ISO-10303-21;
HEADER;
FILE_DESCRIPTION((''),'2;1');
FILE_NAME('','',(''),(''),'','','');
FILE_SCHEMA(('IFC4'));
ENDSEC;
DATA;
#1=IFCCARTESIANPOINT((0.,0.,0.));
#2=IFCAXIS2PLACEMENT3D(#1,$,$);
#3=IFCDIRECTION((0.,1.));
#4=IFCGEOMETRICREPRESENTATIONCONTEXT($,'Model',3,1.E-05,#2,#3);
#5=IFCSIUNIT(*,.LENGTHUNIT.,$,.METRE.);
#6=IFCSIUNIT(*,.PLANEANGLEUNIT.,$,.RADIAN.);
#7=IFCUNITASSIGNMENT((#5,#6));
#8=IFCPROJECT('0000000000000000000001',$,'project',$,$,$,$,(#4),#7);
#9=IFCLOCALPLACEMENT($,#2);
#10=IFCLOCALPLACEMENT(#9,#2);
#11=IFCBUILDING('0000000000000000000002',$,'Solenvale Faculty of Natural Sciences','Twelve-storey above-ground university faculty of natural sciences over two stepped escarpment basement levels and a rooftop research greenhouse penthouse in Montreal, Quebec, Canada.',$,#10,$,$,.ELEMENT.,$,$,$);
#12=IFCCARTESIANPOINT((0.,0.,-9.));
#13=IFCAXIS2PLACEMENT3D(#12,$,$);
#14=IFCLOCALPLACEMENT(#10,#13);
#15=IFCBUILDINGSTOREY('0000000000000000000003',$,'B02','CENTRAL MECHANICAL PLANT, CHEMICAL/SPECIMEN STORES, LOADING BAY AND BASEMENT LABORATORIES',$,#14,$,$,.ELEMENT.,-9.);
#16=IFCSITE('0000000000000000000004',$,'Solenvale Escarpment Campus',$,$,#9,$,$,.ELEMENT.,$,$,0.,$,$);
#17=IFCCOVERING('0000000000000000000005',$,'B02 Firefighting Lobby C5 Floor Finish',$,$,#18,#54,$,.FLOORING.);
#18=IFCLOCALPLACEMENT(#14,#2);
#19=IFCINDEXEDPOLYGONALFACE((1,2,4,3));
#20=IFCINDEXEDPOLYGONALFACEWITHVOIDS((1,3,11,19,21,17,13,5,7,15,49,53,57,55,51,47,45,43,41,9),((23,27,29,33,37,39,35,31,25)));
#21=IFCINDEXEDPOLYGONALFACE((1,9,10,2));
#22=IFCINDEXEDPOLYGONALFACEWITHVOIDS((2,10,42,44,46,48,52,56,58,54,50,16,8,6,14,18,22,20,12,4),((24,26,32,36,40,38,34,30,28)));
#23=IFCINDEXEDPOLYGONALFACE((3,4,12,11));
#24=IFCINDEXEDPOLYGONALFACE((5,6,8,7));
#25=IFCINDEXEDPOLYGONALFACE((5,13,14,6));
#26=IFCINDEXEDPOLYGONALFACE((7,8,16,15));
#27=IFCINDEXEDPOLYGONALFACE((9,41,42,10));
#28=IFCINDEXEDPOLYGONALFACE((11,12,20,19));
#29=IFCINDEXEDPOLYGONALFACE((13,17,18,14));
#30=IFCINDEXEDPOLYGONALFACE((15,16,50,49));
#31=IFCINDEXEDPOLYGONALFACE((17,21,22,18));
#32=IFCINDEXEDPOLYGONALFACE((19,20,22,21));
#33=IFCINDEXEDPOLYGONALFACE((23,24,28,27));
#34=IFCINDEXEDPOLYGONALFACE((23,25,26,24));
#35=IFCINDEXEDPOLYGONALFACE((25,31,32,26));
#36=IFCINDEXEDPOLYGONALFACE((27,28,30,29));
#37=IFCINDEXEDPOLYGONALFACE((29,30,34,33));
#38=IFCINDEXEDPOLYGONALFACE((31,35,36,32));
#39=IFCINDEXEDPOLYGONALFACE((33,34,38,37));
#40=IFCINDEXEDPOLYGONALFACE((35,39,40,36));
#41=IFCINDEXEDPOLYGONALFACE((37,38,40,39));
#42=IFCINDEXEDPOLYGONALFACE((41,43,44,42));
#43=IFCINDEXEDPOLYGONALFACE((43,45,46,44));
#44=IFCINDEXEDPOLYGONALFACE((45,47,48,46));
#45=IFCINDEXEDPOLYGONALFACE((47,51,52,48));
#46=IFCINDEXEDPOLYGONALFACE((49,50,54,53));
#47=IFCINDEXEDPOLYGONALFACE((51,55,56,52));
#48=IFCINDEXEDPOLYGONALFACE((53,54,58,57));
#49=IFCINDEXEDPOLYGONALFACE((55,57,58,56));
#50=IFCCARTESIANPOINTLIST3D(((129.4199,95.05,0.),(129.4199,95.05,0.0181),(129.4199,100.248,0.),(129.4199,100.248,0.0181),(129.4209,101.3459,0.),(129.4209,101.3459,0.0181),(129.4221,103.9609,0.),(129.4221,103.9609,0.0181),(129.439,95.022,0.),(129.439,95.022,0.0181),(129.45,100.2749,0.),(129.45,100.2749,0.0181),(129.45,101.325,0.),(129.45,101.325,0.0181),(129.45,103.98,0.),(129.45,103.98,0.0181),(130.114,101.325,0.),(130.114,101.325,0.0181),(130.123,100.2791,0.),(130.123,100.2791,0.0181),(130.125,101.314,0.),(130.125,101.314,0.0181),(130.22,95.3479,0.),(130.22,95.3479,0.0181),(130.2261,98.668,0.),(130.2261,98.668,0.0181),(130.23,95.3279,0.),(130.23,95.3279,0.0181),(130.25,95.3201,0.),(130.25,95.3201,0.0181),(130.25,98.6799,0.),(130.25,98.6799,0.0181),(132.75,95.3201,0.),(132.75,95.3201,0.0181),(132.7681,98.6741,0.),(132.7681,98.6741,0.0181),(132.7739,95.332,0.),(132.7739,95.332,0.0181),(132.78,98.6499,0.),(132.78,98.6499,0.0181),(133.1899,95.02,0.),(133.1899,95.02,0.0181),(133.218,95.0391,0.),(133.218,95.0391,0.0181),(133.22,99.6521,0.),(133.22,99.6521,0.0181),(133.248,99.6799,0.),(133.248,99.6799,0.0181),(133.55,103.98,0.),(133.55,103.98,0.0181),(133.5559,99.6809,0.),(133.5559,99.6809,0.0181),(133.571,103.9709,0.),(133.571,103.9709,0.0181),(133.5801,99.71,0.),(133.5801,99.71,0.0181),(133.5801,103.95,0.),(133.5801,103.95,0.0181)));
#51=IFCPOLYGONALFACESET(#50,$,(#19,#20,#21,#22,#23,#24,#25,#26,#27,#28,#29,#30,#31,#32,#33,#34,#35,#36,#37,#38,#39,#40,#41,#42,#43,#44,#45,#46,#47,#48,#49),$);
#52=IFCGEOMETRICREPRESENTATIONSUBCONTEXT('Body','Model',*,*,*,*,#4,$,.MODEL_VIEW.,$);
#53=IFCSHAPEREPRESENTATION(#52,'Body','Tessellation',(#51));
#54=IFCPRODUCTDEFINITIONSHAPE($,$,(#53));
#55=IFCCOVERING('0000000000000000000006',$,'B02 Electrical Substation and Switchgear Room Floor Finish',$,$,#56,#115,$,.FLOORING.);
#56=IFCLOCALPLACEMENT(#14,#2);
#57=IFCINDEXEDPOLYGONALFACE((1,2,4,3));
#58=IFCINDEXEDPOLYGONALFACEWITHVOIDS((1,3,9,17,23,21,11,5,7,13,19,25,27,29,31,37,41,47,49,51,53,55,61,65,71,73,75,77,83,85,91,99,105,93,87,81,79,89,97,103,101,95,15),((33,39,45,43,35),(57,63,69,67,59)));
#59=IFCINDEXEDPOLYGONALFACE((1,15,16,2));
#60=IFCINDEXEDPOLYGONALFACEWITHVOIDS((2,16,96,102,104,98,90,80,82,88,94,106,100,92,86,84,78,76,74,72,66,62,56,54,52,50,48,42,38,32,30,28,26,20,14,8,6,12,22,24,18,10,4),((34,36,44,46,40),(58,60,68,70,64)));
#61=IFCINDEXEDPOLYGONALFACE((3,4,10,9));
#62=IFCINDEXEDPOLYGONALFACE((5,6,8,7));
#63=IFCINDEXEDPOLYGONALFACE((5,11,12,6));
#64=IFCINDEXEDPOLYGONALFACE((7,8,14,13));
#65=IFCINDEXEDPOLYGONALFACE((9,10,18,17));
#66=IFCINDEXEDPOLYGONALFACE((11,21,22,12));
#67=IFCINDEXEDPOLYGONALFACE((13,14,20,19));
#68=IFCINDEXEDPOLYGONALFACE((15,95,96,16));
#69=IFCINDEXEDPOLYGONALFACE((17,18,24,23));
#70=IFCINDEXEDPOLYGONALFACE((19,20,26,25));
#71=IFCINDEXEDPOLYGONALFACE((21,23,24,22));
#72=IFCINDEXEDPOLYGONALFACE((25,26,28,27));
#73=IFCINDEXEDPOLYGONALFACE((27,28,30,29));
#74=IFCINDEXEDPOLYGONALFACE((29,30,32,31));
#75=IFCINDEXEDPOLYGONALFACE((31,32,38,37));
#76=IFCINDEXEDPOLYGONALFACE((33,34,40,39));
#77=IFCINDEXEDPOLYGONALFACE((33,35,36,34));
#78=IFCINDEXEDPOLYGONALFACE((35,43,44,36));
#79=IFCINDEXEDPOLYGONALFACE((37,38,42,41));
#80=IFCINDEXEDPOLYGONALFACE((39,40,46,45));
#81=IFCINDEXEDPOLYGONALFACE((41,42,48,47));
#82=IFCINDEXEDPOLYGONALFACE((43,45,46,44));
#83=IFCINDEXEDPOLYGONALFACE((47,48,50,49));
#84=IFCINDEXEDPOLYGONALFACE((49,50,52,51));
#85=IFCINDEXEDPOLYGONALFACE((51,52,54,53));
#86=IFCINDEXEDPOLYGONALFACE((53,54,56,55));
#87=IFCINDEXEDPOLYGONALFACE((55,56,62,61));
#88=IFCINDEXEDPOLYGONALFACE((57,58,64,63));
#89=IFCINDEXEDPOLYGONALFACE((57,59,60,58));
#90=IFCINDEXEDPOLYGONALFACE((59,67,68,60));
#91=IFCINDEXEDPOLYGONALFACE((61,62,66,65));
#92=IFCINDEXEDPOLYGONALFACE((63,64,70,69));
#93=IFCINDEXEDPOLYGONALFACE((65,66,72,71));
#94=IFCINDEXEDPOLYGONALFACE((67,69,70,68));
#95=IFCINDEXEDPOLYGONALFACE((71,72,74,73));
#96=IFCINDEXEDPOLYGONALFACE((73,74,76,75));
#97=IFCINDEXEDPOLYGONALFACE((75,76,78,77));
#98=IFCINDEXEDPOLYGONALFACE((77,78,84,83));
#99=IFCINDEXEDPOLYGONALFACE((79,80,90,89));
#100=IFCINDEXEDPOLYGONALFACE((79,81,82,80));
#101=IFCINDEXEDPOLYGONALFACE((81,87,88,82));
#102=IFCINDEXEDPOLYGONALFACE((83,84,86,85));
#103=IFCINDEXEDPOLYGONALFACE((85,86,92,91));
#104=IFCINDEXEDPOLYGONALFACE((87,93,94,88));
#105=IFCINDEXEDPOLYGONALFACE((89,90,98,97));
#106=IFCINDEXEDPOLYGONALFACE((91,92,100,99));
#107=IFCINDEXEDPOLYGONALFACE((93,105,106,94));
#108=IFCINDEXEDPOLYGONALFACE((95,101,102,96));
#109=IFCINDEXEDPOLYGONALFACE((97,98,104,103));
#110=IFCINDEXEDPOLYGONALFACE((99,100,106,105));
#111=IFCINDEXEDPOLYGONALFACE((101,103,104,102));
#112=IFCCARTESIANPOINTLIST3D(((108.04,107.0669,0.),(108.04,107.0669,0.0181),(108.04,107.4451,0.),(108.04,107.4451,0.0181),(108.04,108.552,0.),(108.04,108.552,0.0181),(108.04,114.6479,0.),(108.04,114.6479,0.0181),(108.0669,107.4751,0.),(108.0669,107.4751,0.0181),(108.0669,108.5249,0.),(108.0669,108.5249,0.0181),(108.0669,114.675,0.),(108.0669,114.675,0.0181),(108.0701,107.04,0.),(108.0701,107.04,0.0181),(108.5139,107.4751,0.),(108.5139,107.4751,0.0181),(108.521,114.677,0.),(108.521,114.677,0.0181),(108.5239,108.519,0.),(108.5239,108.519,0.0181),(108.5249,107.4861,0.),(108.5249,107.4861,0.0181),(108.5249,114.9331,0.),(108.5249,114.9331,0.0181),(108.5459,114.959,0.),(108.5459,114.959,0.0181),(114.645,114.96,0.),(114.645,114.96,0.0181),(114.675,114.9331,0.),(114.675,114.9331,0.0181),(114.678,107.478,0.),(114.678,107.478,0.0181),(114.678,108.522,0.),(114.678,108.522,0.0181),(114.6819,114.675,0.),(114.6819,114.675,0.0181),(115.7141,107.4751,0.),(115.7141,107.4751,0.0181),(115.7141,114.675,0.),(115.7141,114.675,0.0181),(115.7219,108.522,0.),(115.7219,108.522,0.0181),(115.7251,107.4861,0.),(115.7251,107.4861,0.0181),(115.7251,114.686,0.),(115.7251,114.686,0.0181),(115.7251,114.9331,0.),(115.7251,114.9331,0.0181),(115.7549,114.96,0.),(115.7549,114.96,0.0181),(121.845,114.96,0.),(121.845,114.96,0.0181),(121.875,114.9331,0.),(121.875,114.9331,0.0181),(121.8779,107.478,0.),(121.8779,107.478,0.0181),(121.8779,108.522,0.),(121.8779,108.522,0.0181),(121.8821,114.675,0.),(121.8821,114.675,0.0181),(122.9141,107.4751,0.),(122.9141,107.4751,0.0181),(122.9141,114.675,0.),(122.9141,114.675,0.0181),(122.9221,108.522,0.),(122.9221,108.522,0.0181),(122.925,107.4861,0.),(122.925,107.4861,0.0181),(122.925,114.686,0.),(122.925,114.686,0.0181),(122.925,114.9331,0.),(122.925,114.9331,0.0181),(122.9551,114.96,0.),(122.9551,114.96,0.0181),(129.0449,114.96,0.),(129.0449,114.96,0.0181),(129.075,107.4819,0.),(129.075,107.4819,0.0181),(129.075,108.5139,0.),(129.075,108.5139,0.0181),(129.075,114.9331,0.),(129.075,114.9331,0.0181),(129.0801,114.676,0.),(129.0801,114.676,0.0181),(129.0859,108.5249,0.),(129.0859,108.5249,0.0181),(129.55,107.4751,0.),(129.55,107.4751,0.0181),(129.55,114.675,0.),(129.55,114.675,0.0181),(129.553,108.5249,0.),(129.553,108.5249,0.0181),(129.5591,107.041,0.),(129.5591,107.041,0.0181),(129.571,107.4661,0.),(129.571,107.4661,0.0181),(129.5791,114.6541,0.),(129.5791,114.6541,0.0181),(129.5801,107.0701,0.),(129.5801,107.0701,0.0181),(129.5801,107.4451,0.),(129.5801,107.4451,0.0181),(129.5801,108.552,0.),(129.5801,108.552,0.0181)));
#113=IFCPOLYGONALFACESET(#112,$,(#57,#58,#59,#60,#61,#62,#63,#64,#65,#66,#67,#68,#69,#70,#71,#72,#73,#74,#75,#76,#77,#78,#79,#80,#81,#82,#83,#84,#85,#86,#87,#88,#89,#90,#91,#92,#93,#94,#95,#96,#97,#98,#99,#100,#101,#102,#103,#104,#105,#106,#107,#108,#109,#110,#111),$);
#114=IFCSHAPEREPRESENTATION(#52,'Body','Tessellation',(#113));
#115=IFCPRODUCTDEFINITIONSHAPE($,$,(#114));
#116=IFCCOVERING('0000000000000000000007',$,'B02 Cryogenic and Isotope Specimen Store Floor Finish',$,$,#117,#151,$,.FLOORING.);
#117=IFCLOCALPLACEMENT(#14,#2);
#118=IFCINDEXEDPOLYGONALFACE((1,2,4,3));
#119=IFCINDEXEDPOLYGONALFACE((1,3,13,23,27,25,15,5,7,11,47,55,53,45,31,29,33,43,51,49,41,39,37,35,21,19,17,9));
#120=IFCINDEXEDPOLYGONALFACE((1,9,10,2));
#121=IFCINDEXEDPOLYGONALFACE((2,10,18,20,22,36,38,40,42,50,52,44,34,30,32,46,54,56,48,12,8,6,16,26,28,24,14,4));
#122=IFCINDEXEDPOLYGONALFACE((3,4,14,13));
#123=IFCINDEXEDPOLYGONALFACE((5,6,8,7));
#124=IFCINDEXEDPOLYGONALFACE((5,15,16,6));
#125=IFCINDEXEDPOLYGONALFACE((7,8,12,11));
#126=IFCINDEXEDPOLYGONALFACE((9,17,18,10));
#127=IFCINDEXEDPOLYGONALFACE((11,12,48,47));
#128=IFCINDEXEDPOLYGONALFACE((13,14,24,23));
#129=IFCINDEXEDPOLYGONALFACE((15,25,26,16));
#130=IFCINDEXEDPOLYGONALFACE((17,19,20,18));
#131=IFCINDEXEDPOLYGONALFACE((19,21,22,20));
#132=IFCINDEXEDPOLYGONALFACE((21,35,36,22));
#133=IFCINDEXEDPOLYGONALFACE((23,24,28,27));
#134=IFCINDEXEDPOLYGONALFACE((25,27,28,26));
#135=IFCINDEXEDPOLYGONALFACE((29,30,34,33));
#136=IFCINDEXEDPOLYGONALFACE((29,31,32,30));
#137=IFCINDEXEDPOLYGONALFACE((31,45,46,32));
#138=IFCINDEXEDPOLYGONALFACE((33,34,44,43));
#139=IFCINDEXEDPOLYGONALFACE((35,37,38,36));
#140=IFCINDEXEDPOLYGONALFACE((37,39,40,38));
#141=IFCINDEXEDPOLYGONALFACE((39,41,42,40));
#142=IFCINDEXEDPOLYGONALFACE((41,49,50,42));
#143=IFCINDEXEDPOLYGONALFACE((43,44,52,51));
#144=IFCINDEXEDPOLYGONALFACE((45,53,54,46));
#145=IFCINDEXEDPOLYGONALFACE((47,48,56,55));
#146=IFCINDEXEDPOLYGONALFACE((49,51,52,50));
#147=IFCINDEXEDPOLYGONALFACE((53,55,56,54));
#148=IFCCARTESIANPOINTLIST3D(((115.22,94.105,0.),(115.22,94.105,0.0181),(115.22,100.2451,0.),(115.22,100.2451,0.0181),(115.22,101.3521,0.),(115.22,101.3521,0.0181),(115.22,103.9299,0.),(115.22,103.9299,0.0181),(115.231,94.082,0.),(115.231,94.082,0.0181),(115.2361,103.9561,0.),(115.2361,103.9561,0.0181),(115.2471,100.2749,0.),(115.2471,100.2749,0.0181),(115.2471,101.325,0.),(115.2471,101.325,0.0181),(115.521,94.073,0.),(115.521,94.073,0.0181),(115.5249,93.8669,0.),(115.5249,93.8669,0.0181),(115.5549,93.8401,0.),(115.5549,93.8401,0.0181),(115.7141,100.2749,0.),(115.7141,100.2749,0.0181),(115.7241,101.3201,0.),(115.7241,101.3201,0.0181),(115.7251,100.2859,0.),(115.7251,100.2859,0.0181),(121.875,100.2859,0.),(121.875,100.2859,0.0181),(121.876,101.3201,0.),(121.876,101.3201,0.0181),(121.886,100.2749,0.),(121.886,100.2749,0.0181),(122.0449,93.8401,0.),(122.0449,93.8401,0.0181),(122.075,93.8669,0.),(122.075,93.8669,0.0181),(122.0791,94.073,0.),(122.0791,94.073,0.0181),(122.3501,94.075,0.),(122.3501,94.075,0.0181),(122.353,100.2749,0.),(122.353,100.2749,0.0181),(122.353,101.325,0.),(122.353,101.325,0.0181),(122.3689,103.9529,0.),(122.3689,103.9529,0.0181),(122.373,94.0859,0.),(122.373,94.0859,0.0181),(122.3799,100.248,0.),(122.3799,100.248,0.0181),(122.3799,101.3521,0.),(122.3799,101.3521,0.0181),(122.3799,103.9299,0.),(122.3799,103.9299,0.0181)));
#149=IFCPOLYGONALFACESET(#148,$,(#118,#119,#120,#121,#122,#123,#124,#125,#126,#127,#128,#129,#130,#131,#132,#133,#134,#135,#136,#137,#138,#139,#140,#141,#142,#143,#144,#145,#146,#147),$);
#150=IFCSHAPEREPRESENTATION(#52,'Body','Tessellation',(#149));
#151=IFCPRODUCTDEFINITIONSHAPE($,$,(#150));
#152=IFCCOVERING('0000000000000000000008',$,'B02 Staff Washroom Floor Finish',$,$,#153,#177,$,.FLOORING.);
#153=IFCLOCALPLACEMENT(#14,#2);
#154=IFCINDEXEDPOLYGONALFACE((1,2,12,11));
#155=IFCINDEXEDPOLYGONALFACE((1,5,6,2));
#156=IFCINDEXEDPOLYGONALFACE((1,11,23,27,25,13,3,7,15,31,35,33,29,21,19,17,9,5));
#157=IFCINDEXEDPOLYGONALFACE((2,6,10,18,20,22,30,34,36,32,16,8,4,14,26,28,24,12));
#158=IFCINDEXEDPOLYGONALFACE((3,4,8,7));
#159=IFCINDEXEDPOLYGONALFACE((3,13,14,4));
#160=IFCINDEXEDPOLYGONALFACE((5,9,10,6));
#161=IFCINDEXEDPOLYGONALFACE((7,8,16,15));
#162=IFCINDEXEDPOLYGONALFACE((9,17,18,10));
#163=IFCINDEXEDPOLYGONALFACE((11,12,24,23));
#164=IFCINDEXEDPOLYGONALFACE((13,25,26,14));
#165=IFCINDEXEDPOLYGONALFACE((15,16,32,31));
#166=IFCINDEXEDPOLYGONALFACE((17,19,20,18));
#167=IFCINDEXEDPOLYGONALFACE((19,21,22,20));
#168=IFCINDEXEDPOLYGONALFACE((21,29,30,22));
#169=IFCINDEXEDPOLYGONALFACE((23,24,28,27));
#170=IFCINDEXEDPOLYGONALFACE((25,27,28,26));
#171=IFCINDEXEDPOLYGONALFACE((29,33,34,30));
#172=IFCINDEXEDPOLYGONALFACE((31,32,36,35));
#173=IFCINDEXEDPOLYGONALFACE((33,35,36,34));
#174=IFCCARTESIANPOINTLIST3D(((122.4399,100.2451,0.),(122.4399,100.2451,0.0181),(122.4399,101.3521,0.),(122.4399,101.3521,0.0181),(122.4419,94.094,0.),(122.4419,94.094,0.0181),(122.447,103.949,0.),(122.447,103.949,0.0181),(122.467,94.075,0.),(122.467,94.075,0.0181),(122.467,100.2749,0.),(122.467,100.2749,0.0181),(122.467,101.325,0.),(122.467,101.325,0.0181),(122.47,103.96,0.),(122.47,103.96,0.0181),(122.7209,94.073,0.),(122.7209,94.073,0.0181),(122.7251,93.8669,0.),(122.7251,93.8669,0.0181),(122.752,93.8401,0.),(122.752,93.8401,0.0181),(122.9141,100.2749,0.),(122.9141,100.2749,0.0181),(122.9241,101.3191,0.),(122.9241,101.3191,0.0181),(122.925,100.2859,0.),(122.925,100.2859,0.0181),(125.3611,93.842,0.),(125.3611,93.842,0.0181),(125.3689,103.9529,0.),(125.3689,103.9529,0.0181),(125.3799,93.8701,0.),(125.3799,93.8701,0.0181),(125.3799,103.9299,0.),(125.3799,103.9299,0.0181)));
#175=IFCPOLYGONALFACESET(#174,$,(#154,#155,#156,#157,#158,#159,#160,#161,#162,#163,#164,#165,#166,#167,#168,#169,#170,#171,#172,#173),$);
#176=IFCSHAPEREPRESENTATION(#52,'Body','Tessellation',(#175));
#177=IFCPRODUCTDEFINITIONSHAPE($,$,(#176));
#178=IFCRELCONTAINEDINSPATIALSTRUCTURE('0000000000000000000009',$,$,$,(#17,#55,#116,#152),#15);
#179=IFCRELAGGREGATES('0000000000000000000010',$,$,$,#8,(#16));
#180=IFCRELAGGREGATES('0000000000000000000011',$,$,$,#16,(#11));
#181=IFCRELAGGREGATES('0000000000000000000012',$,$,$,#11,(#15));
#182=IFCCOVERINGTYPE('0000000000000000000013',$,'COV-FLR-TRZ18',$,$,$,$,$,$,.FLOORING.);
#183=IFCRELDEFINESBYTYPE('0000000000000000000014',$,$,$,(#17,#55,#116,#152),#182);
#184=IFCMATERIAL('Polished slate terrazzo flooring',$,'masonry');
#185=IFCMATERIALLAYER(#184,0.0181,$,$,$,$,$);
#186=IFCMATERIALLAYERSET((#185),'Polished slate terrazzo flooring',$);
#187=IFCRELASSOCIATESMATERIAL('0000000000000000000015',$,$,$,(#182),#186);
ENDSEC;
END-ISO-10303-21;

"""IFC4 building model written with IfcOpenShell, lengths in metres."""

from ifc_helpers import new_model, si_unit, direction, frame, origin, place, context, subcontext, project, spatial, polyline, outline, extrude, material, layer, layer_set, type_object, element, save


model = new_model("IFC4")

# Units and contexts
model_context = context("Model", 3, precision=1e-05, world=origin(), true_north=direction((0.0, 1.0)))
body_context = subcontext(model_context, "Body", "Model", "MODEL_VIEW")
ifc_project = project(units=[si_unit("LENGTHUNIT", "METRE"), si_unit("PLANEANGLEUNIT", "RADIAN")], contexts=[model_context])

# Site, building, storey
site_placement = place(None, origin())
site = spatial("IfcSite", under=ifc_project, at=site_placement, Name="Solenvale Escarpment Campus", CompositionType="ELEMENT", RefElevation=0.0)
building_placement = place(site_placement, origin())
building = spatial("IfcBuilding", under=site, at=building_placement, Name="Solenvale Faculty of Natural Sciences", Description="Twelve-storey above-ground university faculty of natural sciences over two stepped escarpment basement levels and a rooftop research greenhouse penthouse in Montreal, Quebec, Canada.", CompositionType="ELEMENT")
storey_placement = place(building_placement, frame((0.0, 0.0, -9.0)))
storey = spatial("IfcBuildingStorey", under=building, at=storey_placement, Name="B02", Description="CENTRAL MECHANICAL PLANT, CHEMICAL/SPECIMEN STORES, LOADING BAY AND BASEMENT LABORATORIES", CompositionType="ELEMENT", Elevation=-9.0)

# Coverings
ifc_material_1 = material(Name="Polished slate terrazzo flooring", Category="masonry")
ifc_layer_1 = layer(ifc_material_1, 0.0181)
ifc_layer_set_1 = layer_set([ifc_layer_1], Name="Polished slate terrazzo flooring")
covering_type_1 = type_object("IfcCoveringType", Name="COV-FLR-TRZ18", PredefinedType="FLOORING", material=ifc_layer_set_1)
covering_1_placement = place(storey_placement, origin())
element("IfcCovering", 1, at=covering_1_placement, inside=storey, type_object=covering_type_1, Name="B02 Firefighting Lobby C5 Floor Finish", PredefinedType="FLOORING", context=body_context, shape_type="SweptSolid", body=[
    extrude(outline(polyline([(133.55, 103.98), (133.571, 103.9709), (133.5801, 103.95), (133.5801, 99.71), (133.5559, 99.6809), (133.248, 99.6799), (133.22, 99.6521), (133.218, 95.0391), (133.1899, 95.02), (129.439, 95.022), (129.4199, 95.05), (129.4199, 100.248), (129.45, 100.2749), (130.123, 100.2791), (130.125, 101.314), (130.114, 101.325), (129.45, 101.325), (129.4209, 101.3459), (129.4221, 103.9609), (129.45, 103.98), (133.55, 103.98)]), holes=[polyline([(130.22, 95.3479), (130.23, 95.3279), (130.25, 95.3201), (132.75, 95.3201), (132.7739, 95.332), (132.78, 98.6499), (132.7681, 98.6741), (130.25, 98.6799), (130.2261, 98.668), (130.22, 95.3479)])]), origin(), (0.0, 0.0, 1.0), 0.0181),
])
covering_2_placement = place(storey_placement, origin())
element("IfcCovering", 2, at=covering_2_placement, inside=storey, type_object=covering_type_1, Name="B02 Electrical Substation and Switchgear Room Floor Finish", PredefinedType="FLOORING", context=body_context, shape_type="SweptSolid", body=[
    extrude(outline(polyline([(108.04, 107.4451), (108.0669, 107.4751), (108.5139, 107.4751), (108.5249, 107.4861), (108.5239, 108.519), (108.0669, 108.5249), (108.04, 108.552), (108.04, 114.6479), (108.0669, 114.675), (108.521, 114.677), (108.5249, 114.9331), (108.5459, 114.959), (114.645, 114.96), (114.675, 114.9331), (114.6819, 114.675), (115.7141, 114.675), (115.7251, 114.686), (115.7251, 114.9331), (115.7549, 114.96), (121.845, 114.96), (121.875, 114.9331), (121.8821, 114.675), (122.9141, 114.675), (122.925, 114.686), (122.925, 114.9331), (122.9551, 114.96), (129.0449, 114.96), (129.075, 114.9331), (129.0801, 114.676), (129.55, 114.675), (129.5791, 114.6541), (129.5801, 108.552), (129.553, 108.5249), (129.0859, 108.5249), (129.075, 108.5139), (129.075, 107.4819), (129.55, 107.4751), (129.571, 107.4661), (129.5801, 107.4451), (129.5801, 107.0701), (129.5591, 107.041), (108.0701, 107.04), (108.04, 107.0669), (108.04, 107.4451)]), holes=[polyline([(122.9141, 107.4751), (122.925, 107.4861), (122.9221, 108.522), (121.8779, 108.522), (121.8779, 107.478), (122.9141, 107.4751)]), polyline([(115.7141, 107.4751), (115.7251, 107.4861), (115.7219, 108.522), (114.678, 108.522), (114.678, 107.478), (115.7141, 107.4751)])]), origin(), (0.0, 0.0, 1.0), 0.0181),
])
covering_3_placement = place(storey_placement, origin())
element("IfcCovering", 3, at=covering_3_placement, inside=storey, type_object=covering_type_1, Name="B02 Cryogenic and Isotope Specimen Store Floor Finish", PredefinedType="FLOORING", context=body_context, shape_type="SweptSolid", body=[
    extrude(outline(polyline([(115.22, 100.2451), (115.2471, 100.2749), (115.7141, 100.2749), (115.7251, 100.2859), (115.7241, 101.3201), (115.2471, 101.325), (115.22, 101.3521), (115.22, 103.9299), (115.2361, 103.9561), (122.3689, 103.9529), (122.3799, 103.9299), (122.3799, 101.3521), (122.353, 101.325), (121.876, 101.3201), (121.875, 100.2859), (121.886, 100.2749), (122.353, 100.2749), (122.3799, 100.248), (122.373, 94.0859), (122.3501, 94.075), (122.0791, 94.073), (122.075, 93.8669), (122.0449, 93.8401), (115.5549, 93.8401), (115.5249, 93.8669), (115.521, 94.073), (115.231, 94.082), (115.22, 94.105), (115.22, 100.2451)])), origin(), (0.0, 0.0, 1.0), 0.0181),
])
covering_4_placement = place(storey_placement, origin())
element("IfcCovering", 4, at=covering_4_placement, inside=storey, type_object=covering_type_1, Name="B02 Staff Washroom Floor Finish", PredefinedType="FLOORING", context=body_context, shape_type="SweptSolid", body=[
    extrude(outline(polyline([(122.4399, 100.2451), (122.467, 100.2749), (122.9141, 100.2749), (122.925, 100.2859), (122.9241, 101.3191), (122.467, 101.325), (122.4399, 101.3521), (122.447, 103.949), (122.47, 103.96), (125.3689, 103.9529), (125.3799, 103.9299), (125.3799, 93.8701), (125.3611, 93.842), (122.752, 93.8401), (122.7251, 93.8669), (122.7209, 94.073), (122.467, 94.075), (122.4419, 94.094), (122.4399, 100.2451)])), origin(), (0.0, 0.0, 1.0), 0.0181),
])

save(model, "model.ifc")
